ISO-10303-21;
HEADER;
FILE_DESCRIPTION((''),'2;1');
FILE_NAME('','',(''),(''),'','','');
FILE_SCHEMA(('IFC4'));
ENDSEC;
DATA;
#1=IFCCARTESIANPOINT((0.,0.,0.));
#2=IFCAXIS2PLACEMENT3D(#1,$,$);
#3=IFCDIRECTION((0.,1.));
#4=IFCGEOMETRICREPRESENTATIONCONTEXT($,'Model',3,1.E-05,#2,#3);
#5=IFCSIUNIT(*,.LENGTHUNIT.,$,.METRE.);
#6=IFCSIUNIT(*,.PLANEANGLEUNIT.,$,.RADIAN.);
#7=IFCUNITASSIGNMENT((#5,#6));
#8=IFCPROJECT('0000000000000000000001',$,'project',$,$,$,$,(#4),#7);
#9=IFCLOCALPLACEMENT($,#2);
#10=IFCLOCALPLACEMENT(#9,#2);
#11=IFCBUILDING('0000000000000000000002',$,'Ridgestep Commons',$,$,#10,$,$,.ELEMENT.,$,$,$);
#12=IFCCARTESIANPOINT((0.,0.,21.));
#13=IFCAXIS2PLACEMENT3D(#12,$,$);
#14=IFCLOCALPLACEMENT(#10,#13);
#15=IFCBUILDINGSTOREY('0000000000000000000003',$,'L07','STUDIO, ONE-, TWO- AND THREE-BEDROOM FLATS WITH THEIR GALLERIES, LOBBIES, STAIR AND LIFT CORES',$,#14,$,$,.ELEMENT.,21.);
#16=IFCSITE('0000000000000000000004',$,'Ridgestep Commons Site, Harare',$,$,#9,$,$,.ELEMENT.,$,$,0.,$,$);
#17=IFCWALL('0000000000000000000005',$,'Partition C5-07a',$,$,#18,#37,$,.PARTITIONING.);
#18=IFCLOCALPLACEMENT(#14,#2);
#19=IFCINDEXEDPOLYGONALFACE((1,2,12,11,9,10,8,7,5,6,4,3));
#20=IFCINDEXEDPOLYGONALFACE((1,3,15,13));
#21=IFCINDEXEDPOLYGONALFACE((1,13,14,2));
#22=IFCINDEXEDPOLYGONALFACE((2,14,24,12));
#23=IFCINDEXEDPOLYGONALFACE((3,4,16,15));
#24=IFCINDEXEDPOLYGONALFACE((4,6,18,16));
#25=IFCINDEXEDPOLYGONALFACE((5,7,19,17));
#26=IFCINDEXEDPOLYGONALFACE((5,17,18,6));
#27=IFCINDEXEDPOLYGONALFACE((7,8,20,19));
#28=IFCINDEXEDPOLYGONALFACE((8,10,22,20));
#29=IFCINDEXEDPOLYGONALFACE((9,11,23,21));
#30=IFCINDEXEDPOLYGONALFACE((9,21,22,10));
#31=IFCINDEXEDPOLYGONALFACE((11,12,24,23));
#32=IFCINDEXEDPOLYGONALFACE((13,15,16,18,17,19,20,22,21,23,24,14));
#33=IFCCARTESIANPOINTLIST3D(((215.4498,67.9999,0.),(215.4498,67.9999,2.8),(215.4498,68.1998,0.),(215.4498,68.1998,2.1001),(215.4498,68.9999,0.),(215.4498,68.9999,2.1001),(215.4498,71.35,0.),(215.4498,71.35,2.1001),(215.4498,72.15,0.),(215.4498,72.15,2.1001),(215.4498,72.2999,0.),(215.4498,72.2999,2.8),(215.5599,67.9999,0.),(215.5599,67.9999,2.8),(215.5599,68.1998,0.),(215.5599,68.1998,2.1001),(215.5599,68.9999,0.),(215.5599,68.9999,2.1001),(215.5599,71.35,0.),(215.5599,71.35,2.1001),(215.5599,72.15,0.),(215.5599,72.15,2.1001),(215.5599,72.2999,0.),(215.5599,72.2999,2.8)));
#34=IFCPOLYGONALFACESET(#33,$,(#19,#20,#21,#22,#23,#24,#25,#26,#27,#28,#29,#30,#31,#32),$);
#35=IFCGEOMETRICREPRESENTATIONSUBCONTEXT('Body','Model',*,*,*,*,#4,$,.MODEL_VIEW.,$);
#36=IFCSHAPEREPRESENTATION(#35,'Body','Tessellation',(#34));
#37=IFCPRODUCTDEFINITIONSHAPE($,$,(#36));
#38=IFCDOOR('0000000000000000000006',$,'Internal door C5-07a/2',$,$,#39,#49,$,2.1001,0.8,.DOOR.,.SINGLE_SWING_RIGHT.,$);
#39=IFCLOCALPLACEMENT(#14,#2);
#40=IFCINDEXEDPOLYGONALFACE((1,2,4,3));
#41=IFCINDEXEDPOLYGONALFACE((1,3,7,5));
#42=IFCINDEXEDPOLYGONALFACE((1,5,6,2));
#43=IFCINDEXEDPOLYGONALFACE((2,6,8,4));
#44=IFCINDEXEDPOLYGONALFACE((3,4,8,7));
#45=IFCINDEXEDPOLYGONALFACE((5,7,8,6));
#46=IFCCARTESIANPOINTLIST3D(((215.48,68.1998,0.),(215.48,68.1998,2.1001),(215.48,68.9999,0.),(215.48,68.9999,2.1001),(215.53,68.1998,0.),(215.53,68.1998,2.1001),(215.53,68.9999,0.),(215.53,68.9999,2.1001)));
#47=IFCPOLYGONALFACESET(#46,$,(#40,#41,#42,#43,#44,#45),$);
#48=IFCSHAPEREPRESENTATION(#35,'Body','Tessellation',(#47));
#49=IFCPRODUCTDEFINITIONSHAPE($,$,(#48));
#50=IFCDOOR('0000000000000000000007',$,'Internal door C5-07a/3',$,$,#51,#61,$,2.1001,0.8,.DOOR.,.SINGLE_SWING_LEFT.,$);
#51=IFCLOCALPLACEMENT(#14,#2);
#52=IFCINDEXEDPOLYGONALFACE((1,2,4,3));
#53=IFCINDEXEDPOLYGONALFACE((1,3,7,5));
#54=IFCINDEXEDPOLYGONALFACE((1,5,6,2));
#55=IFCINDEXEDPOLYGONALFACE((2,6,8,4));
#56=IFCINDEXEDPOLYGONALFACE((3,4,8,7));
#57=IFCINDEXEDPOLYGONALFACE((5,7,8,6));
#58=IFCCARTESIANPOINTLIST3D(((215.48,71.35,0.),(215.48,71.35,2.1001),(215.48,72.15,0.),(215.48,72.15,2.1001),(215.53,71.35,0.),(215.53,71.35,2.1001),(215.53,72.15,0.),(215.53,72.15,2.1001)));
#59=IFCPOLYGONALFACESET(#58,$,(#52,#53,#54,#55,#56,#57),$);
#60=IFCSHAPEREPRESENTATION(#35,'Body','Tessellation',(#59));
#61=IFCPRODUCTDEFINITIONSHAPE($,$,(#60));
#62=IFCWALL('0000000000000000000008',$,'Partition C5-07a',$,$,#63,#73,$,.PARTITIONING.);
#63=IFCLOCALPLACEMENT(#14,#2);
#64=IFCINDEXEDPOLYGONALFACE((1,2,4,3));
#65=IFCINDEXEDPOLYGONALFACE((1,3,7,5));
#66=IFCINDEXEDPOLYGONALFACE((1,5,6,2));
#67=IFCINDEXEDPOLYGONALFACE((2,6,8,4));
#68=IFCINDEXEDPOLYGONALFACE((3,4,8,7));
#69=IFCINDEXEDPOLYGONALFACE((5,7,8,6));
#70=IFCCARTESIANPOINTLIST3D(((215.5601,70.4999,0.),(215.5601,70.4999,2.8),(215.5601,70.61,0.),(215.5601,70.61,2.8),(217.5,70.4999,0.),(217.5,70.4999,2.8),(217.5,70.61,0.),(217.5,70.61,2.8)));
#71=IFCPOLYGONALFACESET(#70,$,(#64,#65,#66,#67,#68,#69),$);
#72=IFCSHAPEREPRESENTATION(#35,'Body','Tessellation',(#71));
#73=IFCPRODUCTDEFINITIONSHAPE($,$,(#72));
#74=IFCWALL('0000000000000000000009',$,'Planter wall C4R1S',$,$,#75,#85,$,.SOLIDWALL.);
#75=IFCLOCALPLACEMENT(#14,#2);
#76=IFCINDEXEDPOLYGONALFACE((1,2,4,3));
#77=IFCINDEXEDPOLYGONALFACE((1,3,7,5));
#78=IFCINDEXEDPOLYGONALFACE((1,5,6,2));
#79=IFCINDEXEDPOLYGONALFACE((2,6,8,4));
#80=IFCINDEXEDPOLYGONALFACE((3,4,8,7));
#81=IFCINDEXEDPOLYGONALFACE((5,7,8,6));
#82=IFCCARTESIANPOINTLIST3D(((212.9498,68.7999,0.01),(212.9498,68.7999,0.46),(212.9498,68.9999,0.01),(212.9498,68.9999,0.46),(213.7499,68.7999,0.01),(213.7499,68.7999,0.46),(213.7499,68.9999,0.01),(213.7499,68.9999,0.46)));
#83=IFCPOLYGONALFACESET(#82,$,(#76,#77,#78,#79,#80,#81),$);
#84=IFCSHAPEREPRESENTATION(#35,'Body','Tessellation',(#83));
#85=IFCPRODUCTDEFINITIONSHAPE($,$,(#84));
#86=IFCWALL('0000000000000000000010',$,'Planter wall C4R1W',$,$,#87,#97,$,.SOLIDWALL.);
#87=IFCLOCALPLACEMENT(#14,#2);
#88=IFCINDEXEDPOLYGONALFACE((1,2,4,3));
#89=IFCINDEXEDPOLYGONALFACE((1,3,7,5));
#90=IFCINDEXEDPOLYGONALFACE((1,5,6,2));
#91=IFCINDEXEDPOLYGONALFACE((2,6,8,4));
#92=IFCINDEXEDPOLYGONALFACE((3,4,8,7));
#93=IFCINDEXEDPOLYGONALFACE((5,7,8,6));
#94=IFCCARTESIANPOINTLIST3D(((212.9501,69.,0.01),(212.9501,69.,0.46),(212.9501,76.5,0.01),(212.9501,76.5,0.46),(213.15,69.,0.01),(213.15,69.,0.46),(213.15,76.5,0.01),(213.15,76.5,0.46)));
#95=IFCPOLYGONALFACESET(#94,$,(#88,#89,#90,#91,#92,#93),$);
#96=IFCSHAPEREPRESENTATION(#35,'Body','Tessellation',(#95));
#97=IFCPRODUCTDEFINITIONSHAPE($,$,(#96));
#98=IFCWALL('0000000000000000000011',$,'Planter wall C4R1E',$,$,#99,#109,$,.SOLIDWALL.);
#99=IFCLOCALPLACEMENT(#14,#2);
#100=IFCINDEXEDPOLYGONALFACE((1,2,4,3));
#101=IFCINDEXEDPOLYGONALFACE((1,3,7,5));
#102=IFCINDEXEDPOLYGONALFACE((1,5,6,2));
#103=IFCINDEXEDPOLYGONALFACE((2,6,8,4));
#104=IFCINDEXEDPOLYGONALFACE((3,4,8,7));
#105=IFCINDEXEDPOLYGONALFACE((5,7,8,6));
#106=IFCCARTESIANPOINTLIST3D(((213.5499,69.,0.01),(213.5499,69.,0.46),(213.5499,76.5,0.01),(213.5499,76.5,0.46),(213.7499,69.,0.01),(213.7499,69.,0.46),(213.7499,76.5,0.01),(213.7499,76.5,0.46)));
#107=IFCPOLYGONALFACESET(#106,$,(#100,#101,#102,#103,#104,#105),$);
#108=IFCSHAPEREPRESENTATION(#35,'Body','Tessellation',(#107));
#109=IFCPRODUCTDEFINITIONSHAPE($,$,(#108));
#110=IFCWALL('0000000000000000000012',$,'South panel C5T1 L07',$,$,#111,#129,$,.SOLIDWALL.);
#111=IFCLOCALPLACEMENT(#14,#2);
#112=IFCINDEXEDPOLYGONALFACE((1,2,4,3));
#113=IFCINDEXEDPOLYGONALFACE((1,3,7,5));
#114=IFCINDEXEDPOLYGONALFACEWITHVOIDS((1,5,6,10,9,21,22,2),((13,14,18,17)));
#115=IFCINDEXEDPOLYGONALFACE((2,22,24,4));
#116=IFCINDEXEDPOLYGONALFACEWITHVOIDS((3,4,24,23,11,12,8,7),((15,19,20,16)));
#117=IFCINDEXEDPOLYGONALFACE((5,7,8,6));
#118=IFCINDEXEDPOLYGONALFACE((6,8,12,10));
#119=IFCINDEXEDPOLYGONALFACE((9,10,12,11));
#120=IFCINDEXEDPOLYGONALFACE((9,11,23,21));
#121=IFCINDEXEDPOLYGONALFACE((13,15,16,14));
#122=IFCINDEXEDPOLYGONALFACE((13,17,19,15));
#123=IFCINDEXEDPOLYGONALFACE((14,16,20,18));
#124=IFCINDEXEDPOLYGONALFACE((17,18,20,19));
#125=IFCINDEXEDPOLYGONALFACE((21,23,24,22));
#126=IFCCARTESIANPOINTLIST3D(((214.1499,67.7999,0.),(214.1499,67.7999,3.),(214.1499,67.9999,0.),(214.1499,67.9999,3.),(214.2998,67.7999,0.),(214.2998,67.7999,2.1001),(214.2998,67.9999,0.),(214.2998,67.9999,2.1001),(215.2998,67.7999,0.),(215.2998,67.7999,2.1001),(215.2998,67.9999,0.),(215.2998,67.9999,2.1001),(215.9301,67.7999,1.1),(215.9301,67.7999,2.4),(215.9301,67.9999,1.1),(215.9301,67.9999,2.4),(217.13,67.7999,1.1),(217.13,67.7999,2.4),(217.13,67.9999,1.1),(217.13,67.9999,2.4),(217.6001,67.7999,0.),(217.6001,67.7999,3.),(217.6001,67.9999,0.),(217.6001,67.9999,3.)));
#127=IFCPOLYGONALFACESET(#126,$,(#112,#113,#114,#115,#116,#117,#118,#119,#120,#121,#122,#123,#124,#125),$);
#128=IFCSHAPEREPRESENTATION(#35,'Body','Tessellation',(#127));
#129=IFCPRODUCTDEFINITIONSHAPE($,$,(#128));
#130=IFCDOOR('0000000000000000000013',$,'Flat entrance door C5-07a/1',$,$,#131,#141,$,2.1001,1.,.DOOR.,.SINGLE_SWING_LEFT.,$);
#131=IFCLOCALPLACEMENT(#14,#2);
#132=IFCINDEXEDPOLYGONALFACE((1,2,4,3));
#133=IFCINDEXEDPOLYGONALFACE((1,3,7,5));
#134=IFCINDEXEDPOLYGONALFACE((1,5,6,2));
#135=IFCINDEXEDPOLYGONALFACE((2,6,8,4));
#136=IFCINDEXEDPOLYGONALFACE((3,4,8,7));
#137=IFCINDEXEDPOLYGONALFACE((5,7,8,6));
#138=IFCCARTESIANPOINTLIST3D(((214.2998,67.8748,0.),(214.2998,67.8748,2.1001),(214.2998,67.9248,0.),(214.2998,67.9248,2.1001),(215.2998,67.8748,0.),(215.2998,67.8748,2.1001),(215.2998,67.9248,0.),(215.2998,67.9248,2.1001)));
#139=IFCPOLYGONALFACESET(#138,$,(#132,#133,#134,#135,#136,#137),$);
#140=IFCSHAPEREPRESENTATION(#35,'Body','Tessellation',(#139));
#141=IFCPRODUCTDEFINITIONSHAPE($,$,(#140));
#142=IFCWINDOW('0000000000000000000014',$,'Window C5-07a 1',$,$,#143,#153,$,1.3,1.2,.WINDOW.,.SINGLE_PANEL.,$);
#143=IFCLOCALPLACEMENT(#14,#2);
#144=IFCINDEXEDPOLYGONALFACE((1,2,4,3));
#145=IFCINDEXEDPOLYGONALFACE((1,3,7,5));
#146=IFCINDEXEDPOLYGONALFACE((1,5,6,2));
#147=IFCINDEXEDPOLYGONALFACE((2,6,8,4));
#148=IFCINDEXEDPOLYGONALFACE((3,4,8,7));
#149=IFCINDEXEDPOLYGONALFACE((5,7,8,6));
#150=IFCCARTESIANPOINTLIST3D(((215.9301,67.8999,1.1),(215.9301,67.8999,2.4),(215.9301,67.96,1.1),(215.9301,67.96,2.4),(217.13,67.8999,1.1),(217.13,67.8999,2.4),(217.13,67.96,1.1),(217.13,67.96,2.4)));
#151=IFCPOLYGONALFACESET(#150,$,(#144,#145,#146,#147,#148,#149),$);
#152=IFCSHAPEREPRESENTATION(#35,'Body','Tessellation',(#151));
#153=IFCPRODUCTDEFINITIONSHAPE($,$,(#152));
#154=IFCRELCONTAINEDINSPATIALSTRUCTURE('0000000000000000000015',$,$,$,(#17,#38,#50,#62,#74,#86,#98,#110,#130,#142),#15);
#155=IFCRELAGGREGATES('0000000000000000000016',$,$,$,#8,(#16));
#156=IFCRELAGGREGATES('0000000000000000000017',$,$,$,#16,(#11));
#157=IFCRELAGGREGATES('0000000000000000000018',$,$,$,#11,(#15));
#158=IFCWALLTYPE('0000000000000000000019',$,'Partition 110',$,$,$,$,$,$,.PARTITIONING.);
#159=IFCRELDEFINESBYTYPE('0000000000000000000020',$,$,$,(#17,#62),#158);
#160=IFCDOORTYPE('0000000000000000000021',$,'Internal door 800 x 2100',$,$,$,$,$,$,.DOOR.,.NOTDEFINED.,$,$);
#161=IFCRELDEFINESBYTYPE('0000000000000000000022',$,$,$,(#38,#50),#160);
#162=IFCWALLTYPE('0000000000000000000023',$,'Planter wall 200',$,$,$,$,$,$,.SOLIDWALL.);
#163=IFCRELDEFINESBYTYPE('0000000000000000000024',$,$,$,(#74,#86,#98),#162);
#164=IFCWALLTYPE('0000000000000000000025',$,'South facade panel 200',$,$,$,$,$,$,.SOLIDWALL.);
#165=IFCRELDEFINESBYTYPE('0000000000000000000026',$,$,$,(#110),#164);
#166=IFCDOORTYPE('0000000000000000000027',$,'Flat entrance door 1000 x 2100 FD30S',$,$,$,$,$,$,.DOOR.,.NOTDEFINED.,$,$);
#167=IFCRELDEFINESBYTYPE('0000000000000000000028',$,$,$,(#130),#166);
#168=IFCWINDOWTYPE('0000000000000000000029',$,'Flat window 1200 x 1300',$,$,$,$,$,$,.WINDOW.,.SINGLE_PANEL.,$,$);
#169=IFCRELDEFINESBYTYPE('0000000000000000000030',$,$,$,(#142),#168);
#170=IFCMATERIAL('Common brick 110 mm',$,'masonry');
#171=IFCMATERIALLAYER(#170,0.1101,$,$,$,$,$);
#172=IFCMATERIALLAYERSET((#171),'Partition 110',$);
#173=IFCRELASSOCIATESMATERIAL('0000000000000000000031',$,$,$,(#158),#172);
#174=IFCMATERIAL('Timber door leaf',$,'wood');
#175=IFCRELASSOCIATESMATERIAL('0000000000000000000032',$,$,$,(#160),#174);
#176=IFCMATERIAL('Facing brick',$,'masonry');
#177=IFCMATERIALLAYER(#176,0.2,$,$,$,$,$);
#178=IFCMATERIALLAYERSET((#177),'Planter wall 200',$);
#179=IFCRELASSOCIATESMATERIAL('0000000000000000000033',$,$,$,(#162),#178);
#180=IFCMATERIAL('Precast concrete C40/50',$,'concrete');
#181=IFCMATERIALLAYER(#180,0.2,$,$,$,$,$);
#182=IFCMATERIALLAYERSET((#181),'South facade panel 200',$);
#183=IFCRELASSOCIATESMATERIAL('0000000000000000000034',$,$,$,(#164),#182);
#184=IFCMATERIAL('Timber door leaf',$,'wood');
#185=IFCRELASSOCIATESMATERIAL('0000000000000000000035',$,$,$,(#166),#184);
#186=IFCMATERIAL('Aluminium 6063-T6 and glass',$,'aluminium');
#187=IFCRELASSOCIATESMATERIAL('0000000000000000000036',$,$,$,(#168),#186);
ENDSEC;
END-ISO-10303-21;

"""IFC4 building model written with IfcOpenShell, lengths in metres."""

from ifc_helpers import new_model, si_unit, direction, frame, frame_2d, origin, place, context, subcontext, project, spatial, rectangle, extrude, material, layer, layer_set, type_object, element, fill, save


model = new_model("IFC4")

# Units and contexts
model_context = context("Model", 3, precision=1e-05, world=origin(), true_north=direction((0.0, 1.0)))
body_context = subcontext(model_context, "Body", "Model", "MODEL_VIEW")
ifc_project = project(units=[si_unit("LENGTHUNIT", "METRE"), si_unit("PLANEANGLEUNIT", "RADIAN")], contexts=[model_context])

# Site, building, storey
site_placement = place(None, origin())
site = spatial("IfcSite", under=ifc_project, at=site_placement, Name="Ridgestep Commons Site, Harare", CompositionType="ELEMENT", RefElevation=0.0)
building_placement = place(site_placement, origin())
building = spatial("IfcBuilding", under=site, at=building_placement, Name="Ridgestep Commons", CompositionType="ELEMENT")
storey_placement = place(building_placement, frame((0.0, 0.0, 21.0)))
storey = spatial("IfcBuildingStorey", under=building, at=storey_placement, Name="L07", Description="STUDIO, ONE-, TWO- AND THREE-BEDROOM FLATS WITH THEIR GALLERIES, LOBBIES, STAIR AND LIFT CORES", CompositionType="ELEMENT", Elevation=21.0)

# Shared definitions
ifc_material_1 = material(Name="Common brick 110 mm", Category="masonry")
ifc_layer_1 = layer(ifc_material_1, 0.1101)
ifc_layer_set_1 = layer_set([ifc_layer_1], Name="Partition 110")
wall_type_1 = type_object("IfcWallType", Name="Partition 110", PredefinedType="PARTITIONING", material=ifc_layer_set_1)
ifc_material_2 = material(Name="Timber door leaf", Category="wood")
door_type_1 = type_object("IfcDoorType", Name="Internal door 800 x 2100", OperationType="NOTDEFINED", PredefinedType="DOOR", material=ifc_material_2)

# Wall, openings, doors
wall_1_placement = place(storey_placement, frame((215.5049, 68.0, 0.0), z_axis=(0.0, 0.0, 1.0), x_axis=(0.0, 1.0, 0.0)))
wall_1 = element("IfcWall", 1, at=wall_1_placement, inside=storey, type_object=wall_type_1, Name="Partition C5-07a", PredefinedType="PARTITIONING", context=body_context, shape_type="SweptSolid", body=[
    extrude(rectangle(XDim=4.3, YDim=0.1101, at=frame_2d((2.1499, 0.0))), origin(), (0.0, 0.0, 1.0), 2.8),
])
opening_1_placement = place(wall_1_placement, frame((0.2, 0.0, 0.0)))
opening_1 = element("IfcOpeningElement", 2, at=opening_1_placement, cuts=wall_1, PredefinedType="OPENING", context=body_context, shape_type="SweptSolid", body=[
    extrude(rectangle(XDim=0.8, YDim=2.1001, at=frame_2d((0.3999, 1.05))), frame((0.0, 0.0649, 0.0), z_axis=(0.0, -1.0, 0.0), x_axis=(1.0, 0.0, 0.0)), (0.0, 0.0, 1.0), 0.1301),
])
opening_2_placement = place(wall_1_placement, frame((3.3501, 0.0, 0.0)))
opening_2 = element("IfcOpeningElement", 3, at=opening_2_placement, cuts=wall_1, PredefinedType="OPENING", context=body_context, shape_type="SweptSolid", body=[
    extrude(rectangle(XDim=0.8, YDim=2.1001, at=frame_2d((0.3999, 1.05))), frame((0.0, 0.0649, 0.0), z_axis=(0.0, -1.0, 0.0), x_axis=(1.0, 0.0, 0.0)), (0.0, 0.0, 1.0), 0.1301),
])
door_1_placement = place(opening_1_placement, origin())
door_1 = element("IfcDoor", 4, at=door_1_placement, inside=storey, type_object=door_type_1, Name="Internal door C5-07a/2", OperationType="SINGLE_SWING_RIGHT", OverallHeight=2.1001, OverallWidth=0.8, PredefinedType="DOOR", context=body_context, shape_type="SweptSolid", body=[
    extrude(rectangle(XDim=0.8, YDim=2.1001, at=frame_2d((0.3999, 1.05))), frame((0.0, 0.0249, 0.0), z_axis=(0.0, -1.0, 0.0), x_axis=(1.0, 0.0, 0.0)), (0.0, 0.0, 1.0), 0.05),
])
fill(opening_1, door_1)
door_2_placement = place(opening_2_placement, origin())
door_2 = element("IfcDoor", 5, at=door_2_placement, inside=storey, type_object=door_type_1, Name="Internal door C5-07a/3", OperationType="SINGLE_SWING_LEFT", OverallHeight=2.1001, OverallWidth=0.8, PredefinedType="DOOR", context=body_context, shape_type="SweptSolid", body=[
    extrude(rectangle(XDim=0.8, YDim=2.1001, at=frame_2d((0.3999, 1.05))), frame((0.0, 0.0249, 0.0), z_axis=(0.0, -1.0, 0.0), x_axis=(1.0, 0.0, 0.0)), (0.0, 0.0, 1.0), 0.05),
])
fill(opening_2, door_2)

# Walls
wall_2_placement = place(storey_placement, frame((215.5601, 70.5549, 0.0), z_axis=(0.0, 0.0, 1.0), x_axis=(1.0, 0.0, 0.0)))
element("IfcWall", 6, at=wall_2_placement, inside=storey, type_object=wall_type_1, Name="Partition C5-07a", PredefinedType="PARTITIONING", context=body_context, shape_type="SweptSolid", body=[
    extrude(rectangle(XDim=1.9399, YDim=0.1101, at=frame_2d((0.97, 0.0))), origin(), (0.0, 0.0, 1.0), 2.8),
])
ifc_material_3 = material(Name="Facing brick", Category="masonry")
ifc_layer_2 = layer(ifc_material_3, 0.2)
ifc_layer_set_2 = layer_set([ifc_layer_2], Name="Planter wall 200")
wall_type_2 = type_object("IfcWallType", Name="Planter wall 200", PredefinedType="SOLIDWALL", material=ifc_layer_set_2)
wall_3_placement = place(storey_placement, frame((212.95, 68.8999, 0.01), z_axis=(0.0, 0.0, 1.0), x_axis=(1.0, 0.0, 0.0)))
element("IfcWall", 7, at=wall_3_placement, inside=storey, type_object=wall_type_2, Name="Planter wall C4R1S", PredefinedType="SOLIDWALL", context=body_context, shape_type="SweptSolid", body=[
    extrude(rectangle(XDim=0.8, YDim=0.2, at=frame_2d((0.3999, 0.0))), origin(), (0.0, 0.0, 1.0), 0.45),
])
for number, where, z_axis, x_axis, name in (
    (8, (213.05, 69.0, 0.01), (0.0, 0.0, 1.0), (0.0, 1.0, 0.0), "Planter wall C4R1W"),
    (9, (213.6499, 69.0, 0.01), (0.0, 0.0, 1.0), (0.0, 1.0, 0.0), "Planter wall C4R1E"),
):
    element("IfcWall", number, at=place(storey_placement, frame(where, z_axis=z_axis, x_axis=x_axis)), inside=storey, type_object=wall_type_2, Name=name, PredefinedType="SOLIDWALL", context=body_context, shape_type="SweptSolid", body=[
        extrude(rectangle(XDim=7.5, YDim=0.2, at=frame_2d((3.75, 0.0))), origin(), (0.0, 0.0, 1.0), 0.45),
    ])

# Wall, openings, door, window
ifc_material_4 = material(Name="Precast concrete C40/50", Category="concrete")
ifc_layer_3 = layer(ifc_material_4, 0.2)
ifc_layer_set_3 = layer_set([ifc_layer_3], Name="South facade panel 200")
wall_type_3 = type_object("IfcWallType", Name="South facade panel 200", PredefinedType="SOLIDWALL", material=ifc_layer_set_3)
wall_4_placement = place(storey_placement, frame((214.1499, 67.8999, 0.0), z_axis=(0.0, 0.0, 1.0), x_axis=(1.0, 0.0, 0.0)))
wall_4 = element("IfcWall", 10, at=wall_4_placement, inside=storey, type_object=wall_type_3, Name="South panel C5T1 L07", PredefinedType="SOLIDWALL", context=body_context, shape_type="SweptSolid", body=[
    extrude(rectangle(XDim=3.4502, YDim=0.2, at=frame_2d((1.7251, 0.0))), origin(), (0.0, 0.0, 1.0), 3.0),
])
opening_3_placement = place(wall_4_placement, frame((1.78, 0.0, 1.1001)))
opening_3 = element("IfcOpeningElement", 11, at=opening_3_placement, cuts=wall_4, PredefinedType="OPENING", context=body_context, shape_type="SweptSolid", body=[
    extrude(rectangle(XDim=1.2, YDim=1.3, at=frame_2d((0.6001, 0.6499))), frame((0.0, 0.1099, 0.0), z_axis=(0.0, -1.0, 0.0), x_axis=(1.0, 0.0, 0.0)), (0.0, 0.0, 1.0), 0.22),
])
opening_4_placement = place(wall_4_placement, frame((0.1499, 0.0, 0.0)))
opening_4 = element("IfcOpeningElement", 12, at=opening_4_placement, cuts=wall_4, PredefinedType="OPENING", context=body_context, shape_type="SweptSolid", body=[
    extrude(rectangle(XDim=1.0, YDim=2.1001, at=frame_2d((0.5, 1.05))), frame((0.0, 0.1099, 0.0), z_axis=(0.0, -1.0, 0.0), x_axis=(1.0, 0.0, 0.0)), (0.0, 0.0, 1.0), 0.22),
])
ifc_material_5 = material(Name="Timber door leaf", Category="wood")
door_type_2 = type_object("IfcDoorType", Name="Flat entrance door 1000 x 2100 FD30S", OperationType="NOTDEFINED", PredefinedType="DOOR", material=ifc_material_5)
door_3_placement = place(opening_4_placement, origin())
door_3 = element("IfcDoor", 13, at=door_3_placement, inside=storey, type_object=door_type_2, Name="Flat entrance door C5-07a/1", OperationType="SINGLE_SWING_LEFT", OverallHeight=2.1001, OverallWidth=1.0, PredefinedType="DOOR", context=body_context, shape_type="SweptSolid", body=[
    extrude(rectangle(XDim=1.0, YDim=2.1001, at=frame_2d((0.5, 1.05))), frame((0.0, 0.0249, 0.0), z_axis=(0.0, -1.0, 0.0), x_axis=(1.0, 0.0, 0.0)), (0.0, 0.0, 1.0), 0.05),
])
fill(opening_4, door_3)
ifc_material_6 = material(Name="Aluminium 6063-T6 and glass", Category="aluminium")
window_type_1 = type_object("IfcWindowType", Name="Flat window 1200 x 1300", PartitioningType="SINGLE_PANEL", PredefinedType="WINDOW", material=ifc_material_6)
window_1_placement = place(opening_3_placement, origin())
window_1 = element("IfcWindow", 14, at=window_1_placement, inside=storey, type_object=window_type_1, Name="Window C5-07a 1", OverallHeight=1.3, OverallWidth=1.2, PartitioningType="SINGLE_PANEL", PredefinedType="WINDOW", context=body_context, shape_type="SweptSolid", body=[
    extrude(rectangle(XDim=1.2, YDim=1.3, at=frame_2d((0.6001, 0.6499))), frame((0.0, 0.0601, 0.0), z_axis=(0.0, -1.0, 0.0), x_axis=(1.0, 0.0, 0.0)), (0.0, 0.0, 1.0), 0.0601),
])
fill(opening_3, window_1)

save(model, "model.ifc")
